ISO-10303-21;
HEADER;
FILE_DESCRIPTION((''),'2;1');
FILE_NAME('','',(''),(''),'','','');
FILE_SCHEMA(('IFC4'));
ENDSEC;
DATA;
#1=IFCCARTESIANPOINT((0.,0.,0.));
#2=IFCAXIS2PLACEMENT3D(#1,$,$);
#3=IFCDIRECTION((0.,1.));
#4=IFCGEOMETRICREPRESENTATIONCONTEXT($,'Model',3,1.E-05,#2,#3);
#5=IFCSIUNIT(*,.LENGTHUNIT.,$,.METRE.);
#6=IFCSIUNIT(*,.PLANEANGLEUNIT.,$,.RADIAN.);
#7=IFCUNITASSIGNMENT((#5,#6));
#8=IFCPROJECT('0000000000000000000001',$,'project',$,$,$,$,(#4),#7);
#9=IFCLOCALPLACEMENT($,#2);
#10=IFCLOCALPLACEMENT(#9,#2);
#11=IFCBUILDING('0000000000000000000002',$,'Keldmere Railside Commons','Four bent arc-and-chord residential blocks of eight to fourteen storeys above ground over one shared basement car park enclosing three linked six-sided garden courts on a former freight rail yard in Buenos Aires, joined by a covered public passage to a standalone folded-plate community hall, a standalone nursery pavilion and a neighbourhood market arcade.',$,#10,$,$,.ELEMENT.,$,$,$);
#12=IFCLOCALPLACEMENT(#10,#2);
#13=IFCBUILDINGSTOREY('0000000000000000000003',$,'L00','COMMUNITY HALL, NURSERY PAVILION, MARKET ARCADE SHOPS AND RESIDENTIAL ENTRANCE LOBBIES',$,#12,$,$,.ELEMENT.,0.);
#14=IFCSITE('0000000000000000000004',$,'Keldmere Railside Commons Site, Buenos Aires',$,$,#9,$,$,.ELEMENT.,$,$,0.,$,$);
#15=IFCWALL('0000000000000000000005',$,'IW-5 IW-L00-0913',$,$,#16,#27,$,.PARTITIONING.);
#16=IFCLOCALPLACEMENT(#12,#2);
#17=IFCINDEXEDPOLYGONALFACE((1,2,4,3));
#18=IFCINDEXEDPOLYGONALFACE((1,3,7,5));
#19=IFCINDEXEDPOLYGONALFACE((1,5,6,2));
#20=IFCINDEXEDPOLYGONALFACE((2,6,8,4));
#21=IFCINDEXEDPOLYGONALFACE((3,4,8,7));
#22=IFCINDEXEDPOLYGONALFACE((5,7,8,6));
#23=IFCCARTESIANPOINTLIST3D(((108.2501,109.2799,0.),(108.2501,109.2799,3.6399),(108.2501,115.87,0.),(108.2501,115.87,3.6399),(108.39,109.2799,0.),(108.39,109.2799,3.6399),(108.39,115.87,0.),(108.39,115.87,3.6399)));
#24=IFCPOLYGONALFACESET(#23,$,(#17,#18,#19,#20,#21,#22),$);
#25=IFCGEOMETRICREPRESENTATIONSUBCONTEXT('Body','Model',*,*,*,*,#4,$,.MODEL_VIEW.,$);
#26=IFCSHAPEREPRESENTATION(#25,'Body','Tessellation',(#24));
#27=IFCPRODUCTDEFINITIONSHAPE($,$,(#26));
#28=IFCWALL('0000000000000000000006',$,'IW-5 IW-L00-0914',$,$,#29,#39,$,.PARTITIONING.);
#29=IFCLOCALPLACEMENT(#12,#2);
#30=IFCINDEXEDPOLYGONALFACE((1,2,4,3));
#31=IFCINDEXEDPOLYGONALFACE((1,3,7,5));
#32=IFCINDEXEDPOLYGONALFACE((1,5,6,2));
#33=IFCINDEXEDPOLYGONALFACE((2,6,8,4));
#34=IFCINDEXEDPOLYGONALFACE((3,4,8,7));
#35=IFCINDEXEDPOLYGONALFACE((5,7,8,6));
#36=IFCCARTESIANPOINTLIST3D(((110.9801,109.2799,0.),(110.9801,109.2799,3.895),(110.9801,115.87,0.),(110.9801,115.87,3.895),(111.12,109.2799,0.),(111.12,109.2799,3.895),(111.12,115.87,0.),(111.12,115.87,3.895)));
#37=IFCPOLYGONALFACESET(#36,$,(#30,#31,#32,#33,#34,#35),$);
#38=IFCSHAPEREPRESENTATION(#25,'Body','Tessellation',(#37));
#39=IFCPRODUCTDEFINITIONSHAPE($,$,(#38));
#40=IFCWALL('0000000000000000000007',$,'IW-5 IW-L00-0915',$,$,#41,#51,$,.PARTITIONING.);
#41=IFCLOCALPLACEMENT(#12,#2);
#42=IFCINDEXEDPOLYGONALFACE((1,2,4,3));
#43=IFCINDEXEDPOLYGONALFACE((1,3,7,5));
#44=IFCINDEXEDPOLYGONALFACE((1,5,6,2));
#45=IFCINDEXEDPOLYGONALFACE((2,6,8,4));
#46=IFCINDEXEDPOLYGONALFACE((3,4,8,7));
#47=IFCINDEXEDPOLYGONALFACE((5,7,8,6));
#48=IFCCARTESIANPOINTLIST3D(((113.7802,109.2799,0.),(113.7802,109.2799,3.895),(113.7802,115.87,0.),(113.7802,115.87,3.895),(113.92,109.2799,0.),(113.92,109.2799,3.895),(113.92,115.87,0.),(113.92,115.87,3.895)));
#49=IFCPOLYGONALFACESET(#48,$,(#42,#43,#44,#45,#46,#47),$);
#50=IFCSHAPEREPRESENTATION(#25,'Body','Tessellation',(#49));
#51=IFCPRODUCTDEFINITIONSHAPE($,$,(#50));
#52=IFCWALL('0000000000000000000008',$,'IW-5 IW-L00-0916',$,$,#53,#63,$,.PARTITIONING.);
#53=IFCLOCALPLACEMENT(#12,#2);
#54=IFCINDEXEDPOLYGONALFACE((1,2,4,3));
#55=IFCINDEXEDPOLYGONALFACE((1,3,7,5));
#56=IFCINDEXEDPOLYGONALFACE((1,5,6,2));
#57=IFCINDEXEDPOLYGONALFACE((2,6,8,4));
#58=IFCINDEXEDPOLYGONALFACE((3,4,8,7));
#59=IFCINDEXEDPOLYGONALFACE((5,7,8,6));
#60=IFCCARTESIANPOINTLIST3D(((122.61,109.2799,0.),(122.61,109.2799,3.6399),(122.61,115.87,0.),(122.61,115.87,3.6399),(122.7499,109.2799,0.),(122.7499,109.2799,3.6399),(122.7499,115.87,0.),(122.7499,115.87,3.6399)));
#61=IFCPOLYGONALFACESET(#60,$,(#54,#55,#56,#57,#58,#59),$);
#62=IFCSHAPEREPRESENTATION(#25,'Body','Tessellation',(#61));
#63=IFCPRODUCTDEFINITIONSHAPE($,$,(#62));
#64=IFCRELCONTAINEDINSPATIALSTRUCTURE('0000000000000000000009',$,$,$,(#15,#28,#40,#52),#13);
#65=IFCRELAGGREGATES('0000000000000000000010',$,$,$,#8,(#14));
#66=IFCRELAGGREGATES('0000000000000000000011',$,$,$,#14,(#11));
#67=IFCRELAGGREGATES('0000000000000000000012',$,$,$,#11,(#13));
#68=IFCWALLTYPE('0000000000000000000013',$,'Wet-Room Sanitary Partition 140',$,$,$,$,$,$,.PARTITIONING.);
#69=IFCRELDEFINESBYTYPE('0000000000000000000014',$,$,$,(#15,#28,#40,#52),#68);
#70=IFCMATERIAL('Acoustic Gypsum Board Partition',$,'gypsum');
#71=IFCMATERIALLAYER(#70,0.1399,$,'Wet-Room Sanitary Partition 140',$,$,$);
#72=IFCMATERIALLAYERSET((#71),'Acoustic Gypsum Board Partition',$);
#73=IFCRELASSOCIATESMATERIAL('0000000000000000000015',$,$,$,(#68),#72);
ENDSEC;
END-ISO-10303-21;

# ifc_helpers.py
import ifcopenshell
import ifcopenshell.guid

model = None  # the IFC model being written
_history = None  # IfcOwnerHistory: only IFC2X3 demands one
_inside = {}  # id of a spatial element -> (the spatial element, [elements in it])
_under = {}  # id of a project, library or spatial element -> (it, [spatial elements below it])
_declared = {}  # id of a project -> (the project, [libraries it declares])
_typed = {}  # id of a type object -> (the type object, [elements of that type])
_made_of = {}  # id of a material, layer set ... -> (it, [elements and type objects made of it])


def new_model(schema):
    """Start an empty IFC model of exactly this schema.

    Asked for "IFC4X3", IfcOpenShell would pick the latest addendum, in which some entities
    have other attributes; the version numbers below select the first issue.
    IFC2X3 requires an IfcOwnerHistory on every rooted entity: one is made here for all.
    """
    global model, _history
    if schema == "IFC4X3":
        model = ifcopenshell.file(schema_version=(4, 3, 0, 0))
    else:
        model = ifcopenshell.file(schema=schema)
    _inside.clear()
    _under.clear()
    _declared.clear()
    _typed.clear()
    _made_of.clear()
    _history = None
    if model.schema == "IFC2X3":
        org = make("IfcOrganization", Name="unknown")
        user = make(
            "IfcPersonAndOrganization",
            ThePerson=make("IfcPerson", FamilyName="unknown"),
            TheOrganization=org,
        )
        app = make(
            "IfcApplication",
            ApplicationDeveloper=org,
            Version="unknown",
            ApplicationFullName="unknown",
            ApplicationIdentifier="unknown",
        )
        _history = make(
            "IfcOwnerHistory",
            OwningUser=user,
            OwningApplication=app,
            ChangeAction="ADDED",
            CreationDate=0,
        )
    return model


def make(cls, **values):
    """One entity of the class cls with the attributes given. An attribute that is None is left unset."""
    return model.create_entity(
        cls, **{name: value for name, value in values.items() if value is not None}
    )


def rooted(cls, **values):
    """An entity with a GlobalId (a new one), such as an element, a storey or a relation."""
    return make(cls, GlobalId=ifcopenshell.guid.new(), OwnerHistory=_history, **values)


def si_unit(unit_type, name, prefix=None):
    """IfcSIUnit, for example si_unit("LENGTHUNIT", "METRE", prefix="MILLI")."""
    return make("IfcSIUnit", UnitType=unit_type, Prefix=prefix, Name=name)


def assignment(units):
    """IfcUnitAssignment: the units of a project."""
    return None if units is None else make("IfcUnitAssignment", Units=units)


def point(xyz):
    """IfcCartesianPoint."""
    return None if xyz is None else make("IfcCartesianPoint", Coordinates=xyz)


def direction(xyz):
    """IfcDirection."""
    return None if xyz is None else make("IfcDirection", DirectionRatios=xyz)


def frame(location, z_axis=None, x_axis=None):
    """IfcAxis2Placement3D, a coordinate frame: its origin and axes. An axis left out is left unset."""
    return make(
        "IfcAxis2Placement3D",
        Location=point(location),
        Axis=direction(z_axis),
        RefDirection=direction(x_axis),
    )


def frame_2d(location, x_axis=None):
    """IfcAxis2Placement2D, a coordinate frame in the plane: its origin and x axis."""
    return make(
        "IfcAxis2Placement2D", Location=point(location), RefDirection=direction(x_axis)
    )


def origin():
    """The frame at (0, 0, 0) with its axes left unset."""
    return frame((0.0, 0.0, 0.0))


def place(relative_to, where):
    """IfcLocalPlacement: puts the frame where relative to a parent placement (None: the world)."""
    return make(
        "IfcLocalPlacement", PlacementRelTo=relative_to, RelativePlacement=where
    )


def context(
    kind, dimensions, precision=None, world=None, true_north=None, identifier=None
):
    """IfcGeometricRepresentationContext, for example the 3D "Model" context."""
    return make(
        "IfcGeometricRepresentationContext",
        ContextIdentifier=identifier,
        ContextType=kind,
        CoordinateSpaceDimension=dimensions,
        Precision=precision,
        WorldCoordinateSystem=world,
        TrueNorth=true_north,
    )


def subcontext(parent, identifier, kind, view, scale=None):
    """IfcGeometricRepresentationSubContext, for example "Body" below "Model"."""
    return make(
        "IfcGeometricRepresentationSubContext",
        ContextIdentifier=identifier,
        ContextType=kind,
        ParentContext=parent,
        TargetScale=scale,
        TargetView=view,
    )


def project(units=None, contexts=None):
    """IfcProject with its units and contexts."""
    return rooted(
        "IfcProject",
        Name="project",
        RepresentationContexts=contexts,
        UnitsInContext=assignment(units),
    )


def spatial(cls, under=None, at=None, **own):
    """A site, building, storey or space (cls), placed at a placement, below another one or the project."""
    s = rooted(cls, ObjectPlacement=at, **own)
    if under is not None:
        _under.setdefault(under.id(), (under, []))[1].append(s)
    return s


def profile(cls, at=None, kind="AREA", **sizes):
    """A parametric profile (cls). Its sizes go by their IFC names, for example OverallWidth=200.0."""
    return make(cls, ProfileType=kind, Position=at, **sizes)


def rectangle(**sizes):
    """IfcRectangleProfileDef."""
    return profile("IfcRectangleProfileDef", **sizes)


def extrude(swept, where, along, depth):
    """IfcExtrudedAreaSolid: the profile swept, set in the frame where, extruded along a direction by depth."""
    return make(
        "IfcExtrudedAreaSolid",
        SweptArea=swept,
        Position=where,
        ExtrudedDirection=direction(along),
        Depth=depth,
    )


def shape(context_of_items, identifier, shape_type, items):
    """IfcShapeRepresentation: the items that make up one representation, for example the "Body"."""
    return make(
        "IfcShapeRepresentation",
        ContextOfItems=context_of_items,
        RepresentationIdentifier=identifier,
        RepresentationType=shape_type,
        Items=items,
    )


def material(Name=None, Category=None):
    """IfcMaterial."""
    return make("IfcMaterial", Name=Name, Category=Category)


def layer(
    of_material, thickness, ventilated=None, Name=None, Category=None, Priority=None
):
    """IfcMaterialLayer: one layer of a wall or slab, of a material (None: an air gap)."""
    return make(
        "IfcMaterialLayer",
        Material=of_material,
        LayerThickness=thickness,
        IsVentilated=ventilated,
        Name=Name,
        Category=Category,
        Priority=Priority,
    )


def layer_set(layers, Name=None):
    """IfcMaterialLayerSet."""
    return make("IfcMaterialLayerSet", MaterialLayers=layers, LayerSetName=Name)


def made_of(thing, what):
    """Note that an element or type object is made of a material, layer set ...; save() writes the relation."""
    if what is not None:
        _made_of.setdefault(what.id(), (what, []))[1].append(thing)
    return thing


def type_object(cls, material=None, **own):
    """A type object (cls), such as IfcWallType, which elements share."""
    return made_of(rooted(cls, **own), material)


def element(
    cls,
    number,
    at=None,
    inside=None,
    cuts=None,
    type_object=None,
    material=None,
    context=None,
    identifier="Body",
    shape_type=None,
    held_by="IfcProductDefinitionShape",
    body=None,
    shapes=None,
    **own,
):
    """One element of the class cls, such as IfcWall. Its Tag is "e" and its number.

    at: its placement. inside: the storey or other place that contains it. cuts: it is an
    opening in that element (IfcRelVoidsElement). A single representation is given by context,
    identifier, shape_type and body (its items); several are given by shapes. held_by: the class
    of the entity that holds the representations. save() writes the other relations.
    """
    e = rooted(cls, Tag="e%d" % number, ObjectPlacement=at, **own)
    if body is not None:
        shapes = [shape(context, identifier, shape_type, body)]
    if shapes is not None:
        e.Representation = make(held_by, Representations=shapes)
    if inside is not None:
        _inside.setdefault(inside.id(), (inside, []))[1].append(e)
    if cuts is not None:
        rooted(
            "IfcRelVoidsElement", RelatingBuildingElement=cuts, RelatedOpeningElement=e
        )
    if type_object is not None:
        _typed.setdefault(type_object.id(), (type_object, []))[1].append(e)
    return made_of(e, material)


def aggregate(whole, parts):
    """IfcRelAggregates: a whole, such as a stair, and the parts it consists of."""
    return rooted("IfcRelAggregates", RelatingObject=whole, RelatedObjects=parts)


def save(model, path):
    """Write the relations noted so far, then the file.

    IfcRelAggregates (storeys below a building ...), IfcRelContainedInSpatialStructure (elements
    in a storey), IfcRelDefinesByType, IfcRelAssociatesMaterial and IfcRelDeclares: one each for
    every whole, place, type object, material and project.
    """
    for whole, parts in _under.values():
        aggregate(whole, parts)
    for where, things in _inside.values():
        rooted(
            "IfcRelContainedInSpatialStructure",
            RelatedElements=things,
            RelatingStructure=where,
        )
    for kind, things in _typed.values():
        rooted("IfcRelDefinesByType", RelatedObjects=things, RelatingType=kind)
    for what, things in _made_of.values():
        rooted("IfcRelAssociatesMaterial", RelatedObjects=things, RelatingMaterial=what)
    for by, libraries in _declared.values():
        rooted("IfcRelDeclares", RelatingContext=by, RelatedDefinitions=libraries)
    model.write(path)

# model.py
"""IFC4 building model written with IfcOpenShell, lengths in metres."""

from ifc_helpers import new_model, si_unit, direction, frame, frame_2d, origin, place, context, subcontext, project, spatial, rectangle, extrude, material, layer, layer_set, type_object, element, save


model = new_model("IFC4")

# Units and contexts
model_context = context("Model", 3, precision=1e-05, world=origin(), true_north=direction((0.0, 1.0)))
body_context = subcontext(model_context, "Body", "Model", "MODEL_VIEW")
ifc_project = project(units=[si_unit("LENGTHUNIT", "METRE"), si_unit("PLANEANGLEUNIT", "RADIAN")], contexts=[model_context])

# Site, building, storey
site_placement = place(None, origin())
site = spatial("IfcSite", under=ifc_project, at=site_placement, Name="Keldmere Railside Commons Site, Buenos Aires", CompositionType="ELEMENT", RefElevation=0.0)
building_placement = place(site_placement, origin())
building = spatial("IfcBuilding", under=site, at=building_placement, Name="Keldmere Railside Commons", Description="Four bent arc-and-chord residential blocks of eight to fourteen storeys above ground over one shared basement car park enclosing three linked six-sided garden courts on a former freight rail yard in Buenos Aires, joined by a covered public passage to a standalone folded-plate community hall, a standalone nursery pavilion and a neighbourhood market arcade.", CompositionType="ELEMENT")
storey_placement = place(building_placement, origin())
storey = spatial("IfcBuildingStorey", under=building, at=storey_placement, Name="L00", Description="COMMUNITY HALL, NURSERY PAVILION, MARKET ARCADE SHOPS AND RESIDENTIAL ENTRANCE LOBBIES", CompositionType="ELEMENT", Elevation=0.0)

# Shared definitions
ifc_material_1 = material(Name="Acoustic Gypsum Board Partition", Category="gypsum")

# Walls
ifc_layer_1 = layer(ifc_material_1, 0.1399, Name="Wet-Room Sanitary Partition 140")
ifc_layer_set_1 = layer_set([ifc_layer_1], Name="Acoustic Gypsum Board Partition")
wall_type_1 = type_object("IfcWallType", Name="Wet-Room Sanitary Partition 140", PredefinedType="PARTITIONING", material=ifc_layer_set_1)
wall_1_placement = place(storey_placement, frame((108.3201, 109.28, 0.0), z_axis=(0.0, 0.0, 1.0), x_axis=(0.0, 1.0, 0.0)))
element("IfcWall", 1, at=wall_1_placement, inside=storey, type_object=wall_type_1, Name="IW-5 IW-L00-0913", PredefinedType="PARTITIONING", context=body_context, shape_type="SweptSolid", body=[
    extrude(rectangle(XDim=6.5901, YDim=0.1399, at=frame_2d((3.2949, 0.0))), origin(), (0.0, 0.0, 1.0), 3.6399),
])
for number, where, z_axis, x_axis, name in (
    (2, (111.05, 109.28, 0.0), (0.0, 0.0, 1.0), (0.0, 1.0, 0.0), "IW-5 IW-L00-0914"),
    (3, (113.8501, 109.28, 0.0), (0.0, 0.0, 1.0), (0.0, 1.0, 0.0), "IW-5 IW-L00-0915"),
):
    element("IfcWall", number, at=place(storey_placement, frame(where, z_axis=z_axis, x_axis=x_axis)), inside=storey, type_object=wall_type_1, Name=name, PredefinedType="PARTITIONING", context=body_context, shape_type="SweptSolid", body=[
        extrude(rectangle(XDim=6.5901, YDim=0.1399, at=frame_2d((3.2949, 0.0))), origin(), (0.0, 0.0, 1.0), 3.895),
    ])
wall_2_placement = place(storey_placement, frame((122.6799, 109.28, 0.0), z_axis=(0.0, 0.0, 1.0), x_axis=(0.0, 1.0, 0.0)))
element("IfcWall", 4, at=wall_2_placement, inside=storey, type_object=wall_type_1, Name="IW-5 IW-L00-0916", PredefinedType="PARTITIONING", context=body_context, shape_type="SweptSolid", body=[
    extrude(rectangle(XDim=6.5901, YDim=0.1399, at=frame_2d((3.2949, 0.0))), origin(), (0.0, 0.0, 1.0), 3.6399),
])

save(model, "model.ifc")
